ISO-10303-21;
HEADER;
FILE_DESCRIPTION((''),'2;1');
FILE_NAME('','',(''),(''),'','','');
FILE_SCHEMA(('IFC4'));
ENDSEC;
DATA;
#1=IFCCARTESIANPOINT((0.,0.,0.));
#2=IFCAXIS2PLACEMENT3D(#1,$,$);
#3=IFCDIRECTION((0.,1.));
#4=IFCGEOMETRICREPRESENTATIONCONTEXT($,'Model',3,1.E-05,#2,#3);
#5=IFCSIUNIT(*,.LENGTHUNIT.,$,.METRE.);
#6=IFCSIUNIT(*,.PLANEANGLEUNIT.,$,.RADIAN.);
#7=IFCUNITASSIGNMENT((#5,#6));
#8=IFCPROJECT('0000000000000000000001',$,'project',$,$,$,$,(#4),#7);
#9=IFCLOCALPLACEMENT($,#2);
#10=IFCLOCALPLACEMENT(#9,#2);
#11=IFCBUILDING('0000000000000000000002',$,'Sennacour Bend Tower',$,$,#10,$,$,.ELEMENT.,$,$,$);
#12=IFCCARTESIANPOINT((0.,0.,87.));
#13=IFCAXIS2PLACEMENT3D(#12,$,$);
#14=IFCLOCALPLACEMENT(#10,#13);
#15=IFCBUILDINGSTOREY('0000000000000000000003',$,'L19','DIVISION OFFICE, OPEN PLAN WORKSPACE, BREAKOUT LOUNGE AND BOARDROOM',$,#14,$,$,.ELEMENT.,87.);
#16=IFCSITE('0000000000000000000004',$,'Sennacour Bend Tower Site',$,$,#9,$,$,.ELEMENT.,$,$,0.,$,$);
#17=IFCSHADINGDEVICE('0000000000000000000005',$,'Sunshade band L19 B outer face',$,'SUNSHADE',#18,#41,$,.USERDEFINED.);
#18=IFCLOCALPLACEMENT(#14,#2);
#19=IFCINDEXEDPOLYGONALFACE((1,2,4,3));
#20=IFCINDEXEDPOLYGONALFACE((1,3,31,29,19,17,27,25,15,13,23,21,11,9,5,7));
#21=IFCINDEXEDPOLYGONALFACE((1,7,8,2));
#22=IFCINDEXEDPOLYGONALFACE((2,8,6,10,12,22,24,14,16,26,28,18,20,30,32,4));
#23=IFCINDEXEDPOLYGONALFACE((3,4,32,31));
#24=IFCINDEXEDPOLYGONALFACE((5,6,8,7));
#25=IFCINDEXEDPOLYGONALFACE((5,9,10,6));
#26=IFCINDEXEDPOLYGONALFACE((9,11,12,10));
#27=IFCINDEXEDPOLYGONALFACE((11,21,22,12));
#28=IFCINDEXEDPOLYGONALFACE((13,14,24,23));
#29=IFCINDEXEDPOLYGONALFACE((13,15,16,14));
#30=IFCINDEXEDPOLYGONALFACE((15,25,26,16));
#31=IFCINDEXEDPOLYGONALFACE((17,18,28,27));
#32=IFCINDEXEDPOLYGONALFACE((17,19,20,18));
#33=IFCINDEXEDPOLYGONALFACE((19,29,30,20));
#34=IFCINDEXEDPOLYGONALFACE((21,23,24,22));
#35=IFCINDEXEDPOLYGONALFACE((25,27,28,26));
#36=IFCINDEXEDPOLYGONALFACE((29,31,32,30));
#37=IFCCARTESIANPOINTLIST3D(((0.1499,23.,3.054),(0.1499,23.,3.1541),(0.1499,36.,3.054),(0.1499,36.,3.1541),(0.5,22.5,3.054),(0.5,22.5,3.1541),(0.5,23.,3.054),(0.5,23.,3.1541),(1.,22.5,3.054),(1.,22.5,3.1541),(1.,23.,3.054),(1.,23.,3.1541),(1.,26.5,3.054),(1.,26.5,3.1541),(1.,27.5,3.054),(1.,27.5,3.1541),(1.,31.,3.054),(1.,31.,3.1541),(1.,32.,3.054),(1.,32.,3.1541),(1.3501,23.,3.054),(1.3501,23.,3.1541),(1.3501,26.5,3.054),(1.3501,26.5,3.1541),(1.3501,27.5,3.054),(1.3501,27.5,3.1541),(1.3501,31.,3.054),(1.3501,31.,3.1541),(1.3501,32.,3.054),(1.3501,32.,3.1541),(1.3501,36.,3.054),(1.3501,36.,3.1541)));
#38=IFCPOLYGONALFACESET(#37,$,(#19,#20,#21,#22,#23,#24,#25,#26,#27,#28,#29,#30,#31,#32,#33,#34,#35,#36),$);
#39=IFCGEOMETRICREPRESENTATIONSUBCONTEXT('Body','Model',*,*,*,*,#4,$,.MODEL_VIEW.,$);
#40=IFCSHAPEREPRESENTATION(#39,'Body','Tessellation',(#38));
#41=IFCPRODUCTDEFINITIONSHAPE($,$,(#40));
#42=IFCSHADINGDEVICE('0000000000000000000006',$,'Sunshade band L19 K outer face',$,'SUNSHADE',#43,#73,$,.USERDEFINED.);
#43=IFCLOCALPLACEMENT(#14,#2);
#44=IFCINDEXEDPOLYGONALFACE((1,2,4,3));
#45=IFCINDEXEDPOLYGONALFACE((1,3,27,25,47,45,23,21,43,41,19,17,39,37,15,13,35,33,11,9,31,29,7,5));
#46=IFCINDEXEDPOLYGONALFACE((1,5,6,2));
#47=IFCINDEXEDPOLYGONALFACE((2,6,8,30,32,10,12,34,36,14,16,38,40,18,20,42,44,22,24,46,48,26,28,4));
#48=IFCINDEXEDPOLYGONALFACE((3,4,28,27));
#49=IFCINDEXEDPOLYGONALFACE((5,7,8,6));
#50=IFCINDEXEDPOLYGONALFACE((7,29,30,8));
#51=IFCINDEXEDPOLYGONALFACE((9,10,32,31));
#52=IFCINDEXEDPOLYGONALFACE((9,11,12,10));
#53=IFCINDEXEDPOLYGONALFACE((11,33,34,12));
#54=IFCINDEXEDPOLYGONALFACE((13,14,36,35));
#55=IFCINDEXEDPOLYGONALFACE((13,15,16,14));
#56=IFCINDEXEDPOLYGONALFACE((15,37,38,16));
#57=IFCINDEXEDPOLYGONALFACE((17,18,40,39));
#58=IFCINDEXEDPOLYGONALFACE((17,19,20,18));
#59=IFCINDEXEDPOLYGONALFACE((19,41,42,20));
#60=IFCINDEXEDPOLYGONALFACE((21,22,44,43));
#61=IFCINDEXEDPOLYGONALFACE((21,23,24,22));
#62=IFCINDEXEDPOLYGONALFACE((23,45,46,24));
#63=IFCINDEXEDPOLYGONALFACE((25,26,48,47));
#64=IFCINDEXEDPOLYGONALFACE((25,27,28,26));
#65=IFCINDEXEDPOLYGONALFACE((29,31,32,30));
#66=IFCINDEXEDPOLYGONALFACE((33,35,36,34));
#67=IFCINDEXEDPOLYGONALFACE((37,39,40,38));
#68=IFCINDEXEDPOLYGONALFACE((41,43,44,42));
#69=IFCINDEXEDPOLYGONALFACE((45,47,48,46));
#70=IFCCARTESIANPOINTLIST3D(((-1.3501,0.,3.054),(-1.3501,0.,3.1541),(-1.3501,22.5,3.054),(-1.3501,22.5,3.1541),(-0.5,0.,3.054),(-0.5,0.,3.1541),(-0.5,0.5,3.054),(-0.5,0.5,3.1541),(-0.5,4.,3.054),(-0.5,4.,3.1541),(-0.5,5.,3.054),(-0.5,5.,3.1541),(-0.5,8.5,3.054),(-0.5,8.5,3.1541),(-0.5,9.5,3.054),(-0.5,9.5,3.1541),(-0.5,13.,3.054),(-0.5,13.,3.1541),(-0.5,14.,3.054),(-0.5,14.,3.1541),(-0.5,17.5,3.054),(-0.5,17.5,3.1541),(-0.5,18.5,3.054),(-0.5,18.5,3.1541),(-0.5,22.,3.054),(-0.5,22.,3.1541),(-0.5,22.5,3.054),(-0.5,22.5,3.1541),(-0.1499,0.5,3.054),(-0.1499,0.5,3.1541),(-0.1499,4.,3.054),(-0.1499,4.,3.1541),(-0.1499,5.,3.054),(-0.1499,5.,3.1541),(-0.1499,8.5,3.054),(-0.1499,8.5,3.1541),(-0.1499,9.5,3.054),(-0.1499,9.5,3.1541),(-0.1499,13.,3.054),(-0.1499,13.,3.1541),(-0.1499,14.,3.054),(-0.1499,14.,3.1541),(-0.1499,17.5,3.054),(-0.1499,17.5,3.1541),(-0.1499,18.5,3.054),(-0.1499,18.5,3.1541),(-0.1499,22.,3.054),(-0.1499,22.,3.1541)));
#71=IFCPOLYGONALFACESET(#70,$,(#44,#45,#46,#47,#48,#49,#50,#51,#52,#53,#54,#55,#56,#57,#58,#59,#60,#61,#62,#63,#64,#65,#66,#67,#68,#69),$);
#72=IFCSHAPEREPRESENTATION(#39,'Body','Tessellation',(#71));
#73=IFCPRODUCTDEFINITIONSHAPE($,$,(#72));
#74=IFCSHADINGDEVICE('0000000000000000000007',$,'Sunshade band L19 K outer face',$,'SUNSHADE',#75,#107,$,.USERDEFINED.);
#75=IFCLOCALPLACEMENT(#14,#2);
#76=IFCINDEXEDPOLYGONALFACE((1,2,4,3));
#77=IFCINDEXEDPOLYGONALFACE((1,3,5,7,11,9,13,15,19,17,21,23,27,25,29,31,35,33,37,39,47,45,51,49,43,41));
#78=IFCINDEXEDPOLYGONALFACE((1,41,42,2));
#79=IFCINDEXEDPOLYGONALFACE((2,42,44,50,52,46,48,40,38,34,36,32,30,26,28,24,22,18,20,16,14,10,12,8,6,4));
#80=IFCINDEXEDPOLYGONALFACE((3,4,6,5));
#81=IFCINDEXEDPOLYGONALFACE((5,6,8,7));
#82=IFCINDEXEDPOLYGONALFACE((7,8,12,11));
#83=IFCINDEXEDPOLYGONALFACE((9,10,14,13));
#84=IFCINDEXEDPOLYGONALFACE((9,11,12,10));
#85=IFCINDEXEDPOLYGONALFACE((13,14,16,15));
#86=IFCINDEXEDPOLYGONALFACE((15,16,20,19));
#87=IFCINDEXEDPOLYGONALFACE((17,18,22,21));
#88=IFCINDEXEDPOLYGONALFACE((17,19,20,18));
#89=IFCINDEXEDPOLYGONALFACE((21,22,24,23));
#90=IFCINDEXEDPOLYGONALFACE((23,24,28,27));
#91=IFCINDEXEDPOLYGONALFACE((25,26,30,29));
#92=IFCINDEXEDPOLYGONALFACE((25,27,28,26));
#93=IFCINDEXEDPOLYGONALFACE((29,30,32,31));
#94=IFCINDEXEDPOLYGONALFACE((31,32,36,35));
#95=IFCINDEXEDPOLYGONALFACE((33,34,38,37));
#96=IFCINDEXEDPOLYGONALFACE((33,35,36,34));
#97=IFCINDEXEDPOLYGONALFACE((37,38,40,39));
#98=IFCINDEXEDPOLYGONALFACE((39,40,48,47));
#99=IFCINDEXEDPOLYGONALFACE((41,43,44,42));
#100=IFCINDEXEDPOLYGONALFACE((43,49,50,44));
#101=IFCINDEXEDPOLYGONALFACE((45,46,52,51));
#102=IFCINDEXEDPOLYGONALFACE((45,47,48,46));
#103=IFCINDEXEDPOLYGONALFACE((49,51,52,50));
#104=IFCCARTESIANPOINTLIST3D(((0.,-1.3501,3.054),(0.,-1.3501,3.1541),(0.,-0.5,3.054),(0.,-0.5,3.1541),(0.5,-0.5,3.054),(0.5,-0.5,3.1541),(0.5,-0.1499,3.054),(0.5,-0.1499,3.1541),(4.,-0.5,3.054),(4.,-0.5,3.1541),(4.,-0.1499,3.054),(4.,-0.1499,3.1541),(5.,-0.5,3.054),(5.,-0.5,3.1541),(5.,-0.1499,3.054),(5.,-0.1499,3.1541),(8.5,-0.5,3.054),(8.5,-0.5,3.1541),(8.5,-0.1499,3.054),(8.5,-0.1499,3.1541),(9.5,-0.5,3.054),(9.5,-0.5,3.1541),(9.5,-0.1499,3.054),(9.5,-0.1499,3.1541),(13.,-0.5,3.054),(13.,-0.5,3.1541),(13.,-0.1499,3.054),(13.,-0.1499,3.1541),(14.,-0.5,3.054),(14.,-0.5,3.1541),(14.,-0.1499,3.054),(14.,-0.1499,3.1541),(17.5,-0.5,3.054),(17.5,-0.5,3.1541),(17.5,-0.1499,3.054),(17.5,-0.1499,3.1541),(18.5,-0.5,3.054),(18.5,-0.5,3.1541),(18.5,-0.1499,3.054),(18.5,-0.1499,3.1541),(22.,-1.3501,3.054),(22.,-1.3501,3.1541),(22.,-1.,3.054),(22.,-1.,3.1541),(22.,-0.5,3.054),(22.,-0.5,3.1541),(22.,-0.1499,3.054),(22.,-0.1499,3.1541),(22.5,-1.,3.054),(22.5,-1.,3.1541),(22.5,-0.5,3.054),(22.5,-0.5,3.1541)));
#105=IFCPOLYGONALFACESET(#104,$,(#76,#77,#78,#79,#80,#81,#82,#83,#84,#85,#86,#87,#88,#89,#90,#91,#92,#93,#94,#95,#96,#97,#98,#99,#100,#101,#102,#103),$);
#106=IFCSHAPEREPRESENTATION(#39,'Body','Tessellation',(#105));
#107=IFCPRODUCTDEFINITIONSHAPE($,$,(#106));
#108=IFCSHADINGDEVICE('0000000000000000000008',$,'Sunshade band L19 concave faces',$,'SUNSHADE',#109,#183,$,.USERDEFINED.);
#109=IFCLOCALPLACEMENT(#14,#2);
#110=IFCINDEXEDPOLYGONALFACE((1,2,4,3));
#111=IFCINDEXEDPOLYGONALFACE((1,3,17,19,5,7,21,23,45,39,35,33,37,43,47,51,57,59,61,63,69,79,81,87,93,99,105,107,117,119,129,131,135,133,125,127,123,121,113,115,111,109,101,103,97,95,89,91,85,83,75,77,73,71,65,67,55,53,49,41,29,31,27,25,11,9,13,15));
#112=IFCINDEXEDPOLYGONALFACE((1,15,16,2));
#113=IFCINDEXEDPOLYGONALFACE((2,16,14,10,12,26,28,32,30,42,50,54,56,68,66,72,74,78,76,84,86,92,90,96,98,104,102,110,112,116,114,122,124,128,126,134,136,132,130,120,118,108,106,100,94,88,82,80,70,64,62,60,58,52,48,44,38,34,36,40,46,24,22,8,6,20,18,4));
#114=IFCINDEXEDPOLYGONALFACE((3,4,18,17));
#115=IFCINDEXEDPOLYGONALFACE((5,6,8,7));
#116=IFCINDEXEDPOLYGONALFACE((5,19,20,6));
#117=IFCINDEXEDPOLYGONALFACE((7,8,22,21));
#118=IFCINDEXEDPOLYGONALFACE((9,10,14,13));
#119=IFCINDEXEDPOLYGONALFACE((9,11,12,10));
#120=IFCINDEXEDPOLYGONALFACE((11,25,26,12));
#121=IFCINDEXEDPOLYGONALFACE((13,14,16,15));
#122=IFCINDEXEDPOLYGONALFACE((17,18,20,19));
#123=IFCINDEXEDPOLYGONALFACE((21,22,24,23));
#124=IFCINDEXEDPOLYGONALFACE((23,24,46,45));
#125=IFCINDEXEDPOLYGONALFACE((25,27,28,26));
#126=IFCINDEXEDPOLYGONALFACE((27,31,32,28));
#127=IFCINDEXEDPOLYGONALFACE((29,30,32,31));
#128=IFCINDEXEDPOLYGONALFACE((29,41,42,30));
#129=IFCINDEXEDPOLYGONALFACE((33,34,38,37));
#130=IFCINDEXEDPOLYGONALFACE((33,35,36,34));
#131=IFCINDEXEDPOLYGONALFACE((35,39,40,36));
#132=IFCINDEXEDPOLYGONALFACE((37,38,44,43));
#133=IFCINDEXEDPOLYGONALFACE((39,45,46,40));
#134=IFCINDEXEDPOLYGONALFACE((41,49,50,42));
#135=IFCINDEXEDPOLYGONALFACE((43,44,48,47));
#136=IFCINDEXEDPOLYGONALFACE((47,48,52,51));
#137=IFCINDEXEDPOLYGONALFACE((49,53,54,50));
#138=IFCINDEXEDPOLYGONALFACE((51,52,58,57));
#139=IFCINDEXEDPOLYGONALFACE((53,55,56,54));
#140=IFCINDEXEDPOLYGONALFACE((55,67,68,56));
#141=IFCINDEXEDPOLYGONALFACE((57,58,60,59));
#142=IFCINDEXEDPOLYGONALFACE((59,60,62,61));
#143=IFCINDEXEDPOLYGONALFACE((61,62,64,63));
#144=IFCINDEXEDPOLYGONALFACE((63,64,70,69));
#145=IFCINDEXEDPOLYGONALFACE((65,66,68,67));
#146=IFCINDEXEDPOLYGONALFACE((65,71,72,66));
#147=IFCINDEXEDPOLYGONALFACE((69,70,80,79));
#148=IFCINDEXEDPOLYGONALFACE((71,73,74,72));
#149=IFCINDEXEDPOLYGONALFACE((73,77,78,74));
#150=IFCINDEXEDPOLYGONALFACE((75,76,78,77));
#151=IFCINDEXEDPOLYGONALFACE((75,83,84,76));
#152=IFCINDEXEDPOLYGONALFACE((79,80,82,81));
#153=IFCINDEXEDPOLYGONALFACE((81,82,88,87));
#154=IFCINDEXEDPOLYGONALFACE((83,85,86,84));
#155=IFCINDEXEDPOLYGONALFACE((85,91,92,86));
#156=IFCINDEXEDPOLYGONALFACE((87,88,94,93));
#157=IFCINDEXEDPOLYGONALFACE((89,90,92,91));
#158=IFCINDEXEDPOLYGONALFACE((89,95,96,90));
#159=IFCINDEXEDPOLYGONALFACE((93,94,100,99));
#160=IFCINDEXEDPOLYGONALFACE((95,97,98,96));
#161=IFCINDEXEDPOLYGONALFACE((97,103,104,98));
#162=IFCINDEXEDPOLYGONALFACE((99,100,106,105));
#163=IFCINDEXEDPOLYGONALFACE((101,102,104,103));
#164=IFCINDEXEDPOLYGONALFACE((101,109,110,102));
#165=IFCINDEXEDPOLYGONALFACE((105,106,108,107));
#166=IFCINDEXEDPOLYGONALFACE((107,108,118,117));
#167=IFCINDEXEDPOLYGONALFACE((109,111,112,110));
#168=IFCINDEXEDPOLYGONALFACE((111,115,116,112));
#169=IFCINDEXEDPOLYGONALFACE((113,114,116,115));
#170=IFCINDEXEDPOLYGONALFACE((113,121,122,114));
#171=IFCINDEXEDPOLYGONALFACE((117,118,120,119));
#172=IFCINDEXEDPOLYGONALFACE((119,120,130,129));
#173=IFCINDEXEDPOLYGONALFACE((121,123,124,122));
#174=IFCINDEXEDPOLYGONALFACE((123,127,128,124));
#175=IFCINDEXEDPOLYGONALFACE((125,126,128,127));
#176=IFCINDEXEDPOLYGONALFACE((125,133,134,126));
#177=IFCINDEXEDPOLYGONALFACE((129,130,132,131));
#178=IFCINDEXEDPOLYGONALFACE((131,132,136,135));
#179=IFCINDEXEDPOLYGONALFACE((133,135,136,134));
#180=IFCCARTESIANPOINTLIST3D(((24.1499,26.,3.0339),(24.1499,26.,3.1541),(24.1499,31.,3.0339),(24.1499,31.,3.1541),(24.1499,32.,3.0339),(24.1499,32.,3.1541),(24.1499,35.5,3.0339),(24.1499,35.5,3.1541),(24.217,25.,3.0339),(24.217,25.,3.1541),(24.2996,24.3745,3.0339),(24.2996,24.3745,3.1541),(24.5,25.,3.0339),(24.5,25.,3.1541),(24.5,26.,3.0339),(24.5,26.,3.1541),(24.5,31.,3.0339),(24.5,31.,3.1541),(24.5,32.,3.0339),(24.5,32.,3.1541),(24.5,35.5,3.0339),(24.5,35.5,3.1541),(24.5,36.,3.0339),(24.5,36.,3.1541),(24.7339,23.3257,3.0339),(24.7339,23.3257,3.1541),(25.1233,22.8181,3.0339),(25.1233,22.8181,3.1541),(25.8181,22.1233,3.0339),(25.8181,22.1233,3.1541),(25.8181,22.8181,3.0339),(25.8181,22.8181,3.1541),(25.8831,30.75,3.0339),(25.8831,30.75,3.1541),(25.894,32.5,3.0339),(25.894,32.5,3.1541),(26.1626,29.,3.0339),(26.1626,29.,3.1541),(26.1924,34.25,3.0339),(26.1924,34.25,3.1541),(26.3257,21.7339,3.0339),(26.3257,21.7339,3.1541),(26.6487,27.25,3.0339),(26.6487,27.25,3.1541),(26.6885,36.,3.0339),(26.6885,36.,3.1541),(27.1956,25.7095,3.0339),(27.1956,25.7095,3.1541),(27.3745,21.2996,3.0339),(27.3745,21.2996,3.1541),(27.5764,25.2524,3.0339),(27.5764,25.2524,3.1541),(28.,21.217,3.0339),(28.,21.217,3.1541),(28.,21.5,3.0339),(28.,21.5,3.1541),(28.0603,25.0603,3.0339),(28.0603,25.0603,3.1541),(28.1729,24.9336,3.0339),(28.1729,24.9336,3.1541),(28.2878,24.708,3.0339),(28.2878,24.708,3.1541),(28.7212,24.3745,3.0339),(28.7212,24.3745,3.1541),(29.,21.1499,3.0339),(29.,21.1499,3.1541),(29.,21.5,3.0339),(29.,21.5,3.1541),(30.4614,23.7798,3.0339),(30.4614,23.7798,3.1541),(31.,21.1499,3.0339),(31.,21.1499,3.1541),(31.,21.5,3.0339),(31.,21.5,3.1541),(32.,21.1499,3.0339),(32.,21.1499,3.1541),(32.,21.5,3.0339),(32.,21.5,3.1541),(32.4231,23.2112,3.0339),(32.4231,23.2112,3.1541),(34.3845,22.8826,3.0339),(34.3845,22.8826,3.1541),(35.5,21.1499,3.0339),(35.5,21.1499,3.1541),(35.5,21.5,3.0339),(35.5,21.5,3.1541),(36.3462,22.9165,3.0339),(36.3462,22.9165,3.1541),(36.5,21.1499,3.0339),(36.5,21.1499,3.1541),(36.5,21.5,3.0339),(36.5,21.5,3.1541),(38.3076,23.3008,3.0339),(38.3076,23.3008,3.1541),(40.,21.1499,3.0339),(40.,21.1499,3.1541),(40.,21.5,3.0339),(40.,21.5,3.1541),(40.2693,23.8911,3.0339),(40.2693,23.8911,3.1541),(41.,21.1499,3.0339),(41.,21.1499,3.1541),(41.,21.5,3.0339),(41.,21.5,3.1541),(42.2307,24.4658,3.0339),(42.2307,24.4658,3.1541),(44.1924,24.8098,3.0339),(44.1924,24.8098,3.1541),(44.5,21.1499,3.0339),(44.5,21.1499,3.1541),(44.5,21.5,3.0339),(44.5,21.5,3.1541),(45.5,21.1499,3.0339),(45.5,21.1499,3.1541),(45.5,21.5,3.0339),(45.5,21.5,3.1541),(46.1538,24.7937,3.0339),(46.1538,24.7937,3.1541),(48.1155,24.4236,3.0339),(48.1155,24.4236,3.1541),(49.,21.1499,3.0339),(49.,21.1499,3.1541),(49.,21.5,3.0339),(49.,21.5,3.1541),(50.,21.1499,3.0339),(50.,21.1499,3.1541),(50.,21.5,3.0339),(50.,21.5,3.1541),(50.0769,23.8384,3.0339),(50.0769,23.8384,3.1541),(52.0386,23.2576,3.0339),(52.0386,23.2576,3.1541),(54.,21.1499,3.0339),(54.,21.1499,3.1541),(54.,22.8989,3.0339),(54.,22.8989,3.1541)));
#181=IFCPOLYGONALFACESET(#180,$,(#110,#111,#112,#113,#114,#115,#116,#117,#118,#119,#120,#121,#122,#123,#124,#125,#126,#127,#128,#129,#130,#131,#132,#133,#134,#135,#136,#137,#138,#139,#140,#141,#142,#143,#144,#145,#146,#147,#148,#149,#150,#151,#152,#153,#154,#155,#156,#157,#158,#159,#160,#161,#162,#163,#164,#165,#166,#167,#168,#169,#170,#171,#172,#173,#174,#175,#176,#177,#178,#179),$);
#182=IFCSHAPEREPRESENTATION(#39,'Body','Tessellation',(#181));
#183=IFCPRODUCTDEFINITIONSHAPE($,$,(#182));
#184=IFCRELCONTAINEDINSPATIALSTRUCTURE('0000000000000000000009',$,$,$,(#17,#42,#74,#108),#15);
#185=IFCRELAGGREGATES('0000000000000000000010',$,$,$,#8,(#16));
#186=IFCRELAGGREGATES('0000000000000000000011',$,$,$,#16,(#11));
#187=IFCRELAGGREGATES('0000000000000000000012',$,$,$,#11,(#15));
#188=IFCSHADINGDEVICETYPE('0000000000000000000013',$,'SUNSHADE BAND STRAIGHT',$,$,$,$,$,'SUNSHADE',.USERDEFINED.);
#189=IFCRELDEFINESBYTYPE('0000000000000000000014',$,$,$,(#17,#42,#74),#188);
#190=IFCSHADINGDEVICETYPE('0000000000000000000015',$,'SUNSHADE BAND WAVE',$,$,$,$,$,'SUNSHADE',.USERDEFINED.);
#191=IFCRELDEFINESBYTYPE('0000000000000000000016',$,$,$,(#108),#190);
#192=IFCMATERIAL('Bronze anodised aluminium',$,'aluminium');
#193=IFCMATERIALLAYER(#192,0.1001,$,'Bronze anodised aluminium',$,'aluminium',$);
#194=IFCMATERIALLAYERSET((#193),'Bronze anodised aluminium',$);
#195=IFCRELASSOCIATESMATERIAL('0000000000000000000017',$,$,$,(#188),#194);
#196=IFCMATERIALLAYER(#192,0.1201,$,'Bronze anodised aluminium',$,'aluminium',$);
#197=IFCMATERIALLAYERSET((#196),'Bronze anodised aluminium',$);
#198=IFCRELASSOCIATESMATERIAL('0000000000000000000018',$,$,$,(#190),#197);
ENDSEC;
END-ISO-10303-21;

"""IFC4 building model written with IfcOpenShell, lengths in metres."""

from ifc_helpers import new_model, si_unit, direction, frame, origin, place, context, subcontext, project, spatial, polyline, outline, extrude, material, layer, layer_set, type_object, element, save


model = new_model("IFC4")

# Units and contexts
model_context = context("Model", 3, precision=1e-05, world=origin(), true_north=direction((0.0, 1.0)))
body_context = subcontext(model_context, "Body", "Model", "MODEL_VIEW")
ifc_project = project(units=[si_unit("LENGTHUNIT", "METRE"), si_unit("PLANEANGLEUNIT", "RADIAN")], contexts=[model_context])

# Site, building, storey
site_placement = place(None, origin())
site = spatial("IfcSite", under=ifc_project, at=site_placement, Name="Sennacour Bend Tower Site", CompositionType="ELEMENT", RefElevation=0.0)
building_placement = place(site_placement, origin())
building = spatial("IfcBuilding", under=site, at=building_placement, Name="Sennacour Bend Tower", CompositionType="ELEMENT")
storey_placement = place(building_placement, frame((0.0, 0.0, 87.0)))
storey = spatial("IfcBuildingStorey", under=building, at=storey_placement, Name="L19", Description="DIVISION OFFICE, OPEN PLAN WORKSPACE, BREAKOUT LOUNGE AND BOARDROOM", CompositionType="ELEMENT", Elevation=87.0)

# Shading devices
ifc_material_1 = material(Name="Bronze anodised aluminium", Category="aluminium")
ifc_layer_1 = layer(ifc_material_1, 0.1001, Name="Bronze anodised aluminium", Category="aluminium")
ifc_layer_set_1 = layer_set([ifc_layer_1], Name="Bronze anodised aluminium")
shading_device_type_1 = type_object("IfcShadingDeviceType", Name="SUNSHADE BAND STRAIGHT", ElementType="SUNSHADE", PredefinedType="USERDEFINED", material=ifc_layer_set_1)
shading_device_1_placement = place(storey_placement, frame((0.0, 0.0, 3.054)))
element("IfcShadingDevice", 1, at=shading_device_1_placement, inside=storey, type_object=shading_device_type_1, Name="Sunshade band L19 B outer face", ObjectType="SUNSHADE", PredefinedType="USERDEFINED", context=body_context, shape_type="SweptSolid", body=[
    extrude(outline(polyline([(1.3501, 32.0), (1.0, 32.0), (1.0, 31.0), (1.3501, 31.0), (1.3501, 27.5), (1.0, 27.5), (1.0, 26.5), (1.3501, 26.5), (1.3501, 23.0), (1.0, 23.0), (1.0, 22.5), (0.5, 22.5), (0.5, 23.0), (0.1499, 23.0), (0.1499, 36.0), (1.3501, 36.0), (1.3501, 32.0)])), origin(), (0.0, 0.0, 1.0), 0.1001),
])
shading_device_2_placement = place(storey_placement, frame((0.0, 0.0, 3.054)))
element("IfcShadingDevice", 2, at=shading_device_2_placement, inside=storey, type_object=shading_device_type_1, Name="Sunshade band L19 K outer face", ObjectType="SUNSHADE", PredefinedType="USERDEFINED", context=body_context, shape_type="SweptSolid", body=[
    extrude(outline(polyline([(-0.1499, 18.5), (-0.5, 18.5), (-0.5, 17.5), (-0.1499, 17.5), (-0.1499, 14.0), (-0.5, 14.0), (-0.5, 13.0), (-0.1499, 13.0), (-0.1499, 9.5), (-0.5, 9.5), (-0.5, 8.5), (-0.1499, 8.5), (-0.1499, 5.0), (-0.5, 5.0), (-0.5, 4.0), (-0.1499, 4.0), (-0.1499, 0.5), (-0.5, 0.5), (-0.5, 0.0), (-1.3501, 0.0), (-1.3501, 22.5), (-0.5, 22.5), (-0.5, 22.0), (-0.1499, 22.0), (-0.1499, 18.5)])), origin(), (0.0, 0.0, 1.0), 0.1001),
])
shading_device_3_placement = place(storey_placement, frame((0.0, 0.0, 3.054)))
element("IfcShadingDevice", 3, at=shading_device_3_placement, inside=storey, type_object=shading_device_type_1, Name="Sunshade band L19 K outer face", ObjectType="SUNSHADE", PredefinedType="USERDEFINED", context=body_context, shape_type="SweptSolid", body=[
    extrude(outline(polyline([(4.0, -0.1499), (4.0, -0.5), (5.0, -0.5), (5.0, -0.1499), (8.5, -0.1499), (8.5, -0.5), (9.5, -0.5), (9.5, -0.1499), (13.0, -0.1499), (13.0, -0.5), (14.0, -0.5), (14.0, -0.1499), (17.5, -0.1499), (17.5, -0.5), (18.5, -0.5), (18.5, -0.1499), (22.0, -0.1499), (22.0, -0.5), (22.5, -0.5), (22.5, -1.0), (22.0, -1.0), (22.0, -1.3501), (0.0, -1.3501), (0.0, -0.5), (0.5, -0.5), (0.5, -0.1499), (4.0, -0.1499)])), origin(), (0.0, 0.0, 1.0), 0.1001),
])
ifc_layer_2 = layer(ifc_material_1, 0.1201, Name="Bronze anodised aluminium", Category="aluminium")
ifc_layer_set_2 = layer_set([ifc_layer_2], Name="Bronze anodised aluminium")
shading_device_type_2 = type_object("IfcShadingDeviceType", Name="SUNSHADE BAND WAVE", ElementType="SUNSHADE", PredefinedType="USERDEFINED", material=ifc_layer_set_2)
shading_device_4_placement = place(storey_placement, frame((0.0, 0.0, 3.0339)))
element("IfcShadingDevice", 4, at=shading_device_4_placement, inside=storey, type_object=shading_device_type_2, Name="Sunshade band L19 concave faces", ObjectType="SUNSHADE", PredefinedType="USERDEFINED", context=body_context, shape_type="SweptSolid", body=[
    extrude(outline(polyline([(54.0, 21.1499), (50.0, 21.1499), (50.0, 21.5), (49.0, 21.5), (49.0, 21.1499), (45.5, 21.1499), (45.5, 21.5), (44.5, 21.5), (44.5, 21.1499), (41.0, 21.1499), (41.0, 21.5), (40.0, 21.5), (40.0, 21.1499), (36.5, 21.1499), (36.5, 21.5), (35.5, 21.5), (35.5, 21.1499), (32.0, 21.1499), (32.0, 21.5), (31.0, 21.5), (31.0, 21.1499), (29.0, 21.1499), (29.0, 21.5), (28.0, 21.5), (28.0, 21.217), (27.3745, 21.2996), (26.3257, 21.7339), (25.8181, 22.1233), (25.8181, 22.8181), (25.1233, 22.8181), (24.7339, 23.3257), (24.2996, 24.3745), (24.217, 25.0), (24.5, 25.0), (24.5, 26.0), (24.1499, 26.0), (24.1499, 31.0), (24.5, 31.0), (24.5, 32.0), (24.1499, 32.0), (24.1499, 35.5), (24.5, 35.5), (24.5, 36.0), (26.6885, 36.0), (26.1924, 34.25), (25.894, 32.5), (25.8831, 30.75), (26.1626, 29.0), (26.6487, 27.25), (27.1956, 25.7095), (27.5764, 25.2524), (28.0603, 25.0603), (28.1729, 24.9336), (28.2878, 24.708), (28.7212, 24.3745), (30.4614, 23.7798), (32.4231, 23.2112), (34.3845, 22.8826), (36.3462, 22.9165), (38.3076, 23.3008), (40.2693, 23.8911), (42.2307, 24.4658), (44.1924, 24.8098), (46.1538, 24.7937), (48.1155, 24.4236), (50.0769, 23.8384), (52.0386, 23.2576), (54.0, 22.8989), (54.0, 21.1499)])), origin(), (0.0, 0.0, 1.0), 0.1201),
])

save(model, "model.ifc")
